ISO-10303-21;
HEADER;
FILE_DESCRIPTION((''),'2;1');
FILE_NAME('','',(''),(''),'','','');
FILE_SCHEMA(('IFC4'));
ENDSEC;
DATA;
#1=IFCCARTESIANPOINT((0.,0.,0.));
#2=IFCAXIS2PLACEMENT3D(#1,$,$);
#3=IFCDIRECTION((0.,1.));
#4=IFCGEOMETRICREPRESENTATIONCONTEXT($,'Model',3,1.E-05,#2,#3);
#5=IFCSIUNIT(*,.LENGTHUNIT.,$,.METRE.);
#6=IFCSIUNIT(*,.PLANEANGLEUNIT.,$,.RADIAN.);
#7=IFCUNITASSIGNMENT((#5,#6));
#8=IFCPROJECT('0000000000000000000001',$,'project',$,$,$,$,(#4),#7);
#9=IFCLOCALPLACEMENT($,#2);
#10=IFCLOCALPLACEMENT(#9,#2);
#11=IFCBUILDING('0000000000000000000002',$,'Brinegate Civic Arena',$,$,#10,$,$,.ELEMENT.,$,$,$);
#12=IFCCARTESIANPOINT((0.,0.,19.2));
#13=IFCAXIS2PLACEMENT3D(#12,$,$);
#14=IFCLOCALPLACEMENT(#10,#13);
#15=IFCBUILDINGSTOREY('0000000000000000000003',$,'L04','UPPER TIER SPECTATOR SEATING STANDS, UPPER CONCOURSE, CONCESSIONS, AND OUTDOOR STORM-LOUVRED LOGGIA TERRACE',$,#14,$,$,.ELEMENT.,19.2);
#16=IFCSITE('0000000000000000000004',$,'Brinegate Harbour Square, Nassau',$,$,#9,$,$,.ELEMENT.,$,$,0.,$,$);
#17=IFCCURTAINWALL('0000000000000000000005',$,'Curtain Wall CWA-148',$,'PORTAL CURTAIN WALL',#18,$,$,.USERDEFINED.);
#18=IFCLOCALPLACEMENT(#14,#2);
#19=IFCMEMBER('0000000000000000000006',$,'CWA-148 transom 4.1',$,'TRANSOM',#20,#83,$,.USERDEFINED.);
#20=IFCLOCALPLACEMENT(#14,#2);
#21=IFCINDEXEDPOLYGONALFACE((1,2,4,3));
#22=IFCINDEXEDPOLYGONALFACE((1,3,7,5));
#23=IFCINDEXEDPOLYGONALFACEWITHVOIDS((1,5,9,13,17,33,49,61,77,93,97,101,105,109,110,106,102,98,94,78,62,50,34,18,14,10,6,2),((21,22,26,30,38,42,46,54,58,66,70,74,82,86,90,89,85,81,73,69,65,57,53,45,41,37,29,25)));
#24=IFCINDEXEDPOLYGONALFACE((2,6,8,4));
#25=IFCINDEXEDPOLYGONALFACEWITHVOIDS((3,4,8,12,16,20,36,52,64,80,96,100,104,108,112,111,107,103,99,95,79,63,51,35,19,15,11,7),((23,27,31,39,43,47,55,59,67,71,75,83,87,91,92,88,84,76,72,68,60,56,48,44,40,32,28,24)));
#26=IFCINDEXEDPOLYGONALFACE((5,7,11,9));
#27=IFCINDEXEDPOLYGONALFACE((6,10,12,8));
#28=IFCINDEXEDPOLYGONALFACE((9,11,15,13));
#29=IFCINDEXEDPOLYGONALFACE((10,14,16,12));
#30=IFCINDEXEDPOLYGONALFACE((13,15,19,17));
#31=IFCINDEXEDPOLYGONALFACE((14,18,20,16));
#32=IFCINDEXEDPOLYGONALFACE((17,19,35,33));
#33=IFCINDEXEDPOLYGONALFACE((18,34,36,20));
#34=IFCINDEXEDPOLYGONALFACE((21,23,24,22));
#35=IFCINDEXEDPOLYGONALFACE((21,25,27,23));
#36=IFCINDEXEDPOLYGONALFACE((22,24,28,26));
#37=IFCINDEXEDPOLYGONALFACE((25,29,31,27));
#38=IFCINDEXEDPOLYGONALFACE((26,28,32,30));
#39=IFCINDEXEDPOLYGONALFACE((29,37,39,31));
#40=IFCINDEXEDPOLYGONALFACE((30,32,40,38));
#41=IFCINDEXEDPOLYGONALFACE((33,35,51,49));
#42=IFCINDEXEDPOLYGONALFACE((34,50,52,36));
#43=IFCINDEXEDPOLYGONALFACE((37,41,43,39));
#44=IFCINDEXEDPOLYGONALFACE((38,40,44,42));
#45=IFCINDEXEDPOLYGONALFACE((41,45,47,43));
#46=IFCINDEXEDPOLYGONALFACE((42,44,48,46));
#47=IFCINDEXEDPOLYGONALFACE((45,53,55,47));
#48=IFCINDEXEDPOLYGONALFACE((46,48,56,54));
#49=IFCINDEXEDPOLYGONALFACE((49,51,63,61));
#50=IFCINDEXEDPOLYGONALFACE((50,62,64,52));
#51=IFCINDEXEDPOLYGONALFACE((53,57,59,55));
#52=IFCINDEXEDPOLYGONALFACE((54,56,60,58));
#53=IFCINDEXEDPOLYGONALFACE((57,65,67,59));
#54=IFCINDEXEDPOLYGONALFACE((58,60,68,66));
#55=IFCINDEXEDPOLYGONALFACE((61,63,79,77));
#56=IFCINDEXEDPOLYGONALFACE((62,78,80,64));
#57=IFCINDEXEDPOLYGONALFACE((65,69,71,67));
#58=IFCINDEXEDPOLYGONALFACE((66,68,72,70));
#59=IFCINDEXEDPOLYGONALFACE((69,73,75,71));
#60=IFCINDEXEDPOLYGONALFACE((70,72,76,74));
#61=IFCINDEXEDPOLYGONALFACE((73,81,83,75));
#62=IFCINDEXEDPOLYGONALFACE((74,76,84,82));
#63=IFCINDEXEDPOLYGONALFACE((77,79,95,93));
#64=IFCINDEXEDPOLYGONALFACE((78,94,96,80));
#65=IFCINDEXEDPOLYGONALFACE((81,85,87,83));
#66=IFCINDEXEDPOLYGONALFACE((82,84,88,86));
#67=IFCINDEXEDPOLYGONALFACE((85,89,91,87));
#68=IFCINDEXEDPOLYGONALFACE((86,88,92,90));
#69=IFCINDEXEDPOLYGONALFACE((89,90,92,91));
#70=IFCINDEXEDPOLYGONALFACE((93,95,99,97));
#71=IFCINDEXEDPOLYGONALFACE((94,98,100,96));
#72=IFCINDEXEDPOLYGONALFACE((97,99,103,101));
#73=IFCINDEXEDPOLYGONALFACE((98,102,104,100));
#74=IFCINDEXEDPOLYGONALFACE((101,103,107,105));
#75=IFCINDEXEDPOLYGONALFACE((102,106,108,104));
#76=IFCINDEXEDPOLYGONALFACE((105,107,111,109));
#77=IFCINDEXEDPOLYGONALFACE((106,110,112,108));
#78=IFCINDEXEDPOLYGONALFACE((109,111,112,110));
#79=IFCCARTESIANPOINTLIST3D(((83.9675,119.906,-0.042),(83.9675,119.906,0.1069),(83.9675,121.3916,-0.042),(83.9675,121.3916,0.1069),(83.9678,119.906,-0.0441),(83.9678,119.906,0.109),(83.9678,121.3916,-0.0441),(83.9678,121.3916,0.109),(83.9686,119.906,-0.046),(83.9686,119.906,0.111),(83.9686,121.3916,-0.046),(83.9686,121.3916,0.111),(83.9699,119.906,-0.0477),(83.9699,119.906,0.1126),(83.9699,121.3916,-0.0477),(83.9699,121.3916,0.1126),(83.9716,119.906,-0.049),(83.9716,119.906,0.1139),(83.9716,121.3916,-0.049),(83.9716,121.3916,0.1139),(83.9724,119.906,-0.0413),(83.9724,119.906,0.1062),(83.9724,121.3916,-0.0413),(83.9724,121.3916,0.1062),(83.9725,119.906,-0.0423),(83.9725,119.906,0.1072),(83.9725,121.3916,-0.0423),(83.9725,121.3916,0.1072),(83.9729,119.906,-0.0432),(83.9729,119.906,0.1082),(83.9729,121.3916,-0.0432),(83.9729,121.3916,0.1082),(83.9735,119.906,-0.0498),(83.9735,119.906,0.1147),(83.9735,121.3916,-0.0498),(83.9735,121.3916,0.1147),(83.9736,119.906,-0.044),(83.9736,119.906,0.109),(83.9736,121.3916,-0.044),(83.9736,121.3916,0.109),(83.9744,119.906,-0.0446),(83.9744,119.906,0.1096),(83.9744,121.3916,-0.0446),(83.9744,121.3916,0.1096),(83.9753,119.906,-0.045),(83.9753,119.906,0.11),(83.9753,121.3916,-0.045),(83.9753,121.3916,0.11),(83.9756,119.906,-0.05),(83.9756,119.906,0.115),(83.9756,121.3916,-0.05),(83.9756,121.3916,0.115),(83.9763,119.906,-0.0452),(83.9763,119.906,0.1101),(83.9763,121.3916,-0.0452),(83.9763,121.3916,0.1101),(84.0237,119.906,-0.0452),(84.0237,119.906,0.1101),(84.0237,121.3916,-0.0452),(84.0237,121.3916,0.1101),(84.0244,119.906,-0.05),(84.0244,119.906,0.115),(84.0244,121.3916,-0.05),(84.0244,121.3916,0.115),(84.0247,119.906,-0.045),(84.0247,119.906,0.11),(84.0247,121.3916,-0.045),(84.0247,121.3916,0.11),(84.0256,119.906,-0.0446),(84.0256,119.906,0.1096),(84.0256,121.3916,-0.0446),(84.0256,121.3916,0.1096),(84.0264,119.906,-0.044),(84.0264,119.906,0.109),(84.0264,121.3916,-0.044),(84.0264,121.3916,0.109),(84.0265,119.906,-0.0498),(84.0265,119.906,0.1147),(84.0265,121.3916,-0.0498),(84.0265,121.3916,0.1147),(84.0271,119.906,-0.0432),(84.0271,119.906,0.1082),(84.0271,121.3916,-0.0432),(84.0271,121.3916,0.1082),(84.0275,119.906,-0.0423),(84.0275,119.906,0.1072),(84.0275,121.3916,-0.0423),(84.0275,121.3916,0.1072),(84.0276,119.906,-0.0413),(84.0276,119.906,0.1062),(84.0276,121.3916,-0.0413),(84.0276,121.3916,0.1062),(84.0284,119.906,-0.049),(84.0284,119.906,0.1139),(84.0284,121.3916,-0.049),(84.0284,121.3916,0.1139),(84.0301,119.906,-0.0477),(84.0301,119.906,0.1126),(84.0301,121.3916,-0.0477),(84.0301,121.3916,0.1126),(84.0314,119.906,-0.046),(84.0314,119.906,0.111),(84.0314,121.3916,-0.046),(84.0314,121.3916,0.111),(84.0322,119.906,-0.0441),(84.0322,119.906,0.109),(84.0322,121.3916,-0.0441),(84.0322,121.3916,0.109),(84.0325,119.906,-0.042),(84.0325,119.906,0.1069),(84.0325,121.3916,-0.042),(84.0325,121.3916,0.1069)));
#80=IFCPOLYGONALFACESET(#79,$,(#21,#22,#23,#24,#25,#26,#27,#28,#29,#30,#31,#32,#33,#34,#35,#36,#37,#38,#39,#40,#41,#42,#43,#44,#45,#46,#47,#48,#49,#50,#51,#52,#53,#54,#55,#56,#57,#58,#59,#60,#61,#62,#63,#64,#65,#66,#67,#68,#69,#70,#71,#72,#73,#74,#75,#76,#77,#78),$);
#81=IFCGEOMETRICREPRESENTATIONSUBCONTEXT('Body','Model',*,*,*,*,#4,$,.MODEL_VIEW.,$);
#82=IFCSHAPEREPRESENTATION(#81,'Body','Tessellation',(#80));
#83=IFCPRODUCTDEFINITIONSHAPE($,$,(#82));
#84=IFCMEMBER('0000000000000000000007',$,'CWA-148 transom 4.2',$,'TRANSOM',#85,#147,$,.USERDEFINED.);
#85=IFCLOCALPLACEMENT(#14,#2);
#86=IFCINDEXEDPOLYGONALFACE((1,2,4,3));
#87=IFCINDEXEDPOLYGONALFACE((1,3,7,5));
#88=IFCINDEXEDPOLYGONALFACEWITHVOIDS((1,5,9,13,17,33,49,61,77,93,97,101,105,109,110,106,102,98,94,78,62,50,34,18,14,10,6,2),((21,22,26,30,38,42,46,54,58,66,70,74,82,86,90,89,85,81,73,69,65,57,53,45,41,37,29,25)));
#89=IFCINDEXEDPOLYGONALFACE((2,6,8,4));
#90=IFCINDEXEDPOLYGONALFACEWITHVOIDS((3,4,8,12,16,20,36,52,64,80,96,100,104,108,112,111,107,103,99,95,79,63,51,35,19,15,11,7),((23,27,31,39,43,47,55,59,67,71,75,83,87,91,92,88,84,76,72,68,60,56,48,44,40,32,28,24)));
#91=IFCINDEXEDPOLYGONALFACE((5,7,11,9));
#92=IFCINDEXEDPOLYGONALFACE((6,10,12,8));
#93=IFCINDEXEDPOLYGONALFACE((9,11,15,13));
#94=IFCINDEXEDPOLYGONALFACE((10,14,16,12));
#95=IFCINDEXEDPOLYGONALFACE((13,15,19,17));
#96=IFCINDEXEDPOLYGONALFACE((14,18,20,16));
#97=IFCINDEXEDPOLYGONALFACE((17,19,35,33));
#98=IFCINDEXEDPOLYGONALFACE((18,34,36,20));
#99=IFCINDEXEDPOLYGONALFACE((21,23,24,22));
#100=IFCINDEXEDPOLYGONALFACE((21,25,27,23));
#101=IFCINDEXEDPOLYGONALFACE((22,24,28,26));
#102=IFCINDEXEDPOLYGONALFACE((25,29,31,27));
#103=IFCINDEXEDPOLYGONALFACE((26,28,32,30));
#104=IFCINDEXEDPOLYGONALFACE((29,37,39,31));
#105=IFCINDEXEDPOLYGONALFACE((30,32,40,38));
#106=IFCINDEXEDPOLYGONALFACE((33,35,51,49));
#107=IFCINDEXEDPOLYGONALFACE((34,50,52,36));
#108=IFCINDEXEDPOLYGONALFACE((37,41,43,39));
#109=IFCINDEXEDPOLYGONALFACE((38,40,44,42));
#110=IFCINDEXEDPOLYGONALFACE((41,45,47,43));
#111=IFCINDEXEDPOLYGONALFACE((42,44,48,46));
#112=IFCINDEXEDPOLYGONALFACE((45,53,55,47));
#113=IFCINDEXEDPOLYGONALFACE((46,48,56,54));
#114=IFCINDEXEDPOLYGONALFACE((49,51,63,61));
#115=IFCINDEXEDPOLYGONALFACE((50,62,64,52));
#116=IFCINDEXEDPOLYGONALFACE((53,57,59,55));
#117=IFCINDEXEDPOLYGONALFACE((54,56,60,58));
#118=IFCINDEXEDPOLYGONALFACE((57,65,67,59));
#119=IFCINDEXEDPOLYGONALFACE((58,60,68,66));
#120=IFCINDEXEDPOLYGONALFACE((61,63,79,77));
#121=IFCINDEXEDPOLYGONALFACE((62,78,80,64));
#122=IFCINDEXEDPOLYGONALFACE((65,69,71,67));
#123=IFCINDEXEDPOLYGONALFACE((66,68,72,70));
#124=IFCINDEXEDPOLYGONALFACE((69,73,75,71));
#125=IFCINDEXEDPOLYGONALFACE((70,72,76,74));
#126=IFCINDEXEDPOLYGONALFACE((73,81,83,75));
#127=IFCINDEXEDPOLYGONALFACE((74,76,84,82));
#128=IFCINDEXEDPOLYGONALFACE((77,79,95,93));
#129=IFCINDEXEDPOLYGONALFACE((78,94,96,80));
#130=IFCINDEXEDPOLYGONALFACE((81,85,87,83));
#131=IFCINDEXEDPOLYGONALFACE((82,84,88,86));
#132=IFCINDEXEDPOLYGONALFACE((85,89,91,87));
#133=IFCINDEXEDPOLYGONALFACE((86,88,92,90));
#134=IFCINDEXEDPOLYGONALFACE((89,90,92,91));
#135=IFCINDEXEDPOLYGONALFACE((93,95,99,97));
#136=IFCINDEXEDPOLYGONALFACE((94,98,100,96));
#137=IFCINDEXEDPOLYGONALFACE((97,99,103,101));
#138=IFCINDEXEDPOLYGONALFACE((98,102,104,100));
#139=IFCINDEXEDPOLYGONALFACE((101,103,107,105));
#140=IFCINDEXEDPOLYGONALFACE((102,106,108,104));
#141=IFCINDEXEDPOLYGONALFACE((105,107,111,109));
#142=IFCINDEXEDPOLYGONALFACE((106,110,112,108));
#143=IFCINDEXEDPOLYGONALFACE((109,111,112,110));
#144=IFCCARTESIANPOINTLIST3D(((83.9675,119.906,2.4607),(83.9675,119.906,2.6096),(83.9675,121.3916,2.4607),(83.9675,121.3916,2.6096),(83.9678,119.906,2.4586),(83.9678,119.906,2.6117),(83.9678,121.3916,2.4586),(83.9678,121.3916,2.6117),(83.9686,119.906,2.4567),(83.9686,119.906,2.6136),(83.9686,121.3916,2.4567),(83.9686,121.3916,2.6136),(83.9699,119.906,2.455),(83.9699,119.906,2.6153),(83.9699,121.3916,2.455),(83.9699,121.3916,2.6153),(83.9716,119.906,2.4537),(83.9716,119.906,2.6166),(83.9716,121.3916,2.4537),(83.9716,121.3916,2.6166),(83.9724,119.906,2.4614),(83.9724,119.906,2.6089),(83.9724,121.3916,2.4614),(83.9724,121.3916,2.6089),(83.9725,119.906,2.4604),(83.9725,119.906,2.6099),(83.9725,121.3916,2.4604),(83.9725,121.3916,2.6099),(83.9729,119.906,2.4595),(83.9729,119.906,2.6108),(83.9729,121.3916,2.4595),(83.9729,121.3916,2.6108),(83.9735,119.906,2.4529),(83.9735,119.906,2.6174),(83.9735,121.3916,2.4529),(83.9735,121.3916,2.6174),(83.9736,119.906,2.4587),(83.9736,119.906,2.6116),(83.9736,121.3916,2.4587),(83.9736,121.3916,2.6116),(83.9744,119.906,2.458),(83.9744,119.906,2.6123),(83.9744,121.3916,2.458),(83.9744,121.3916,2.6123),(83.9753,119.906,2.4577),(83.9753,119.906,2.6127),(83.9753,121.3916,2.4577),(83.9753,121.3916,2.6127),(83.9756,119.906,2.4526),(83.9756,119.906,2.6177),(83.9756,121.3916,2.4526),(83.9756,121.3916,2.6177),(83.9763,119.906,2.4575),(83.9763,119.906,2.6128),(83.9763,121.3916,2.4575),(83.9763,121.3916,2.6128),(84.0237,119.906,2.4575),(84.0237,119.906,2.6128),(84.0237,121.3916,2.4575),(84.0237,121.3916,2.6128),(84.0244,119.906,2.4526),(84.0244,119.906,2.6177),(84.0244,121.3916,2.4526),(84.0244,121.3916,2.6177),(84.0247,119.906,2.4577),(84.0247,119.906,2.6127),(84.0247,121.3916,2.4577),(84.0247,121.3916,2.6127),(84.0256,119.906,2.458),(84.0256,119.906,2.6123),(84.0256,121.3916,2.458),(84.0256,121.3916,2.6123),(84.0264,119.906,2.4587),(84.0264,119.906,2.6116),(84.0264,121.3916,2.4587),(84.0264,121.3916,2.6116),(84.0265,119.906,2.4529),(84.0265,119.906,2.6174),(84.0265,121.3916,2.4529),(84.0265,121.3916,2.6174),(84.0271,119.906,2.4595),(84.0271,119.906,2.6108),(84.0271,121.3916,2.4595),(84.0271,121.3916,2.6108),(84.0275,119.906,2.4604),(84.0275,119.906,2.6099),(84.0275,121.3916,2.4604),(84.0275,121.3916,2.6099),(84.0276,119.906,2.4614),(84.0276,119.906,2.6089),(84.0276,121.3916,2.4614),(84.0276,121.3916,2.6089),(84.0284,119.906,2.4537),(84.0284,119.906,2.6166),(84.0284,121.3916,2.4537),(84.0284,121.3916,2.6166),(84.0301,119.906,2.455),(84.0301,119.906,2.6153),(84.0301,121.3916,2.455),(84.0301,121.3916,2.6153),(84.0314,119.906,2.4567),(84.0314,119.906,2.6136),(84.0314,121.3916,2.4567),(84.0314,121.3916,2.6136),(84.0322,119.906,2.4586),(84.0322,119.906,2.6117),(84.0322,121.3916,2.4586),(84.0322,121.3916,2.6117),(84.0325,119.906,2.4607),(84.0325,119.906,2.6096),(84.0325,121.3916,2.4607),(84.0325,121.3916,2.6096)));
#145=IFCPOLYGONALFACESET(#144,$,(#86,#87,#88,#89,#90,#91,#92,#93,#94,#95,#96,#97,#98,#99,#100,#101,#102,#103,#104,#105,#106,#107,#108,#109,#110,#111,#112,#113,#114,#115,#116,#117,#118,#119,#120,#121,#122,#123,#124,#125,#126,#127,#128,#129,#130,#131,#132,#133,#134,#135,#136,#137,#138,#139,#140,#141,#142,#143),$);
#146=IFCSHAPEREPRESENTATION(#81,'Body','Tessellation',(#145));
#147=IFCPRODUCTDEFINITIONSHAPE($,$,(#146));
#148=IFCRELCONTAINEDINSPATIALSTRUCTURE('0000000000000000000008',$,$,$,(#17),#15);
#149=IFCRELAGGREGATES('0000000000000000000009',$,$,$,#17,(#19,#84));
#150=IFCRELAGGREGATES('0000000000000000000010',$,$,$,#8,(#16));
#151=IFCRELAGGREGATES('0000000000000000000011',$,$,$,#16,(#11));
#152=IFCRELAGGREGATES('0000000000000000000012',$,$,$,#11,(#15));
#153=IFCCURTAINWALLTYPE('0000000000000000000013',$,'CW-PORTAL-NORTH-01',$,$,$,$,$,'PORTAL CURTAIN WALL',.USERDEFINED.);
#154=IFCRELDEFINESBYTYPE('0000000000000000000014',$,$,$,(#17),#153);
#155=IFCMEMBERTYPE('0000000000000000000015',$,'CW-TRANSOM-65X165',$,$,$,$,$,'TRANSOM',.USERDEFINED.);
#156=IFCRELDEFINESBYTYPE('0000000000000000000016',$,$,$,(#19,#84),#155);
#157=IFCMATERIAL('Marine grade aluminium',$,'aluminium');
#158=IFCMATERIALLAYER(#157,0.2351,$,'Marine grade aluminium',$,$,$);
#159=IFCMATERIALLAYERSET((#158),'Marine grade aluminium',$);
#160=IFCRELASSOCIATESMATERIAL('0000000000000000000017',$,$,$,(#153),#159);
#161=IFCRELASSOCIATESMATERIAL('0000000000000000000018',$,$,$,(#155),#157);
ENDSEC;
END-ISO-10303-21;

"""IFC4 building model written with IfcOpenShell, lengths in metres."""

from ifc_helpers import new_model, si_unit, direction, frame, origin, origin_2d, place, context, subcontext, project, spatial, hollow_rectangle, extrude, material, layer, layer_set, material_profile, profile_set, type_object, element, aggregate, save


model = new_model("IFC4")

# Units and contexts
model_context = context("Model", 3, precision=1e-05, world=origin(), true_north=direction((0.0, 1.0)))
body_context = subcontext(model_context, "Body", "Model", "MODEL_VIEW")
ifc_project = project(units=[si_unit("LENGTHUNIT", "METRE"), si_unit("PLANEANGLEUNIT", "RADIAN")], contexts=[model_context])

# Site, building, storey
site_placement = place(None, origin())
site = spatial("IfcSite", under=ifc_project, at=site_placement, Name="Brinegate Harbour Square, Nassau", CompositionType="ELEMENT", RefElevation=0.0)
building_placement = place(site_placement, origin())
building = spatial("IfcBuilding", under=site, at=building_placement, Name="Brinegate Civic Arena", CompositionType="ELEMENT")
storey_placement = place(building_placement, frame((0.0, 0.0, 19.2)))
storey = spatial("IfcBuildingStorey", under=building, at=storey_placement, Name="L04", Description="UPPER TIER SPECTATOR SEATING STANDS, UPPER CONCOURSE, CONCESSIONS, AND OUTDOOR STORM-LOUVRED LOGGIA TERRACE", CompositionType="ELEMENT", Elevation=19.2)

# Shared definitions
ifc_material_1 = material(Name="Marine grade aluminium", Category="aluminium")
ifc_layer_1 = layer(ifc_material_1, 0.2351, Name="Marine grade aluminium")
ifc_layer_set_1 = layer_set([ifc_layer_1], Name="Marine grade aluminium")
curtain_wall_type = type_object("IfcCurtainWallType", Name="CW-PORTAL-NORTH-01", ElementType="PORTAL CURTAIN WALL", PredefinedType="USERDEFINED", material=ifc_layer_set_1)

# Curtain wall, members
curtain_wall_1_placement = place(storey_placement, origin())
curtain_wall_1 = element("IfcCurtainWall", 1, at=curtain_wall_1_placement, inside=storey, type_object=curtain_wall_type, Name="Curtain Wall CWA-148", ObjectType="PORTAL CURTAIN WALL", PredefinedType="USERDEFINED")
ifc_material_profile_1 = material_profile(ifc_material_1, hollow_rectangle(XDim=0.0649, YDim=0.165, WallThickness=0.0049, InnerFilletRadius=0.0039, OuterFilletRadius=0.0081, at=origin_2d()), Name="TRN65X165")
ifc_profile_set_1 = profile_set([ifc_material_profile_1], Name="Marine grade aluminium")
member_type_1 = type_object("IfcMemberType", Name="CW-TRANSOM-65X165", ElementType="TRANSOM", PredefinedType="USERDEFINED", material=ifc_profile_set_1)
member_1_placement = place(storey_placement, frame((84.0, 119.906, 0.0325), z_axis=(0.0, 1.0, 0.0), x_axis=(-1.0, 0.0, 0.0)))
member_1 = element("IfcMember", 2, at=member_1_placement, type_object=member_type_1, Name="CWA-148 transom 4.1", ObjectType="TRANSOM", PredefinedType="USERDEFINED", context=body_context, shape_type="SweptSolid", body=[
    extrude(hollow_rectangle(XDim=0.0649, YDim=0.165, WallThickness=0.0049, InnerFilletRadius=0.0039, OuterFilletRadius=0.0081, at=origin_2d()), origin(), (0.0, 0.0, 1.0), 1.4856),
])
member_2_placement = place(storey_placement, frame((84.0, 119.906, 2.5352), z_axis=(0.0, 1.0, 0.0), x_axis=(-1.0, 0.0, 0.0)))
member_2 = element("IfcMember", 3, at=member_2_placement, type_object=member_type_1, Name="CWA-148 transom 4.2", ObjectType="TRANSOM", PredefinedType="USERDEFINED", context=body_context, shape_type="SweptSolid", body=[
    extrude(hollow_rectangle(XDim=0.0649, YDim=0.165, WallThickness=0.0049, InnerFilletRadius=0.0039, OuterFilletRadius=0.0081, at=origin_2d()), origin(), (0.0, 0.0, 1.0), 1.4856),
])

aggregate(curtain_wall_1, [member_1, member_2])

save(model, "model.ifc")
